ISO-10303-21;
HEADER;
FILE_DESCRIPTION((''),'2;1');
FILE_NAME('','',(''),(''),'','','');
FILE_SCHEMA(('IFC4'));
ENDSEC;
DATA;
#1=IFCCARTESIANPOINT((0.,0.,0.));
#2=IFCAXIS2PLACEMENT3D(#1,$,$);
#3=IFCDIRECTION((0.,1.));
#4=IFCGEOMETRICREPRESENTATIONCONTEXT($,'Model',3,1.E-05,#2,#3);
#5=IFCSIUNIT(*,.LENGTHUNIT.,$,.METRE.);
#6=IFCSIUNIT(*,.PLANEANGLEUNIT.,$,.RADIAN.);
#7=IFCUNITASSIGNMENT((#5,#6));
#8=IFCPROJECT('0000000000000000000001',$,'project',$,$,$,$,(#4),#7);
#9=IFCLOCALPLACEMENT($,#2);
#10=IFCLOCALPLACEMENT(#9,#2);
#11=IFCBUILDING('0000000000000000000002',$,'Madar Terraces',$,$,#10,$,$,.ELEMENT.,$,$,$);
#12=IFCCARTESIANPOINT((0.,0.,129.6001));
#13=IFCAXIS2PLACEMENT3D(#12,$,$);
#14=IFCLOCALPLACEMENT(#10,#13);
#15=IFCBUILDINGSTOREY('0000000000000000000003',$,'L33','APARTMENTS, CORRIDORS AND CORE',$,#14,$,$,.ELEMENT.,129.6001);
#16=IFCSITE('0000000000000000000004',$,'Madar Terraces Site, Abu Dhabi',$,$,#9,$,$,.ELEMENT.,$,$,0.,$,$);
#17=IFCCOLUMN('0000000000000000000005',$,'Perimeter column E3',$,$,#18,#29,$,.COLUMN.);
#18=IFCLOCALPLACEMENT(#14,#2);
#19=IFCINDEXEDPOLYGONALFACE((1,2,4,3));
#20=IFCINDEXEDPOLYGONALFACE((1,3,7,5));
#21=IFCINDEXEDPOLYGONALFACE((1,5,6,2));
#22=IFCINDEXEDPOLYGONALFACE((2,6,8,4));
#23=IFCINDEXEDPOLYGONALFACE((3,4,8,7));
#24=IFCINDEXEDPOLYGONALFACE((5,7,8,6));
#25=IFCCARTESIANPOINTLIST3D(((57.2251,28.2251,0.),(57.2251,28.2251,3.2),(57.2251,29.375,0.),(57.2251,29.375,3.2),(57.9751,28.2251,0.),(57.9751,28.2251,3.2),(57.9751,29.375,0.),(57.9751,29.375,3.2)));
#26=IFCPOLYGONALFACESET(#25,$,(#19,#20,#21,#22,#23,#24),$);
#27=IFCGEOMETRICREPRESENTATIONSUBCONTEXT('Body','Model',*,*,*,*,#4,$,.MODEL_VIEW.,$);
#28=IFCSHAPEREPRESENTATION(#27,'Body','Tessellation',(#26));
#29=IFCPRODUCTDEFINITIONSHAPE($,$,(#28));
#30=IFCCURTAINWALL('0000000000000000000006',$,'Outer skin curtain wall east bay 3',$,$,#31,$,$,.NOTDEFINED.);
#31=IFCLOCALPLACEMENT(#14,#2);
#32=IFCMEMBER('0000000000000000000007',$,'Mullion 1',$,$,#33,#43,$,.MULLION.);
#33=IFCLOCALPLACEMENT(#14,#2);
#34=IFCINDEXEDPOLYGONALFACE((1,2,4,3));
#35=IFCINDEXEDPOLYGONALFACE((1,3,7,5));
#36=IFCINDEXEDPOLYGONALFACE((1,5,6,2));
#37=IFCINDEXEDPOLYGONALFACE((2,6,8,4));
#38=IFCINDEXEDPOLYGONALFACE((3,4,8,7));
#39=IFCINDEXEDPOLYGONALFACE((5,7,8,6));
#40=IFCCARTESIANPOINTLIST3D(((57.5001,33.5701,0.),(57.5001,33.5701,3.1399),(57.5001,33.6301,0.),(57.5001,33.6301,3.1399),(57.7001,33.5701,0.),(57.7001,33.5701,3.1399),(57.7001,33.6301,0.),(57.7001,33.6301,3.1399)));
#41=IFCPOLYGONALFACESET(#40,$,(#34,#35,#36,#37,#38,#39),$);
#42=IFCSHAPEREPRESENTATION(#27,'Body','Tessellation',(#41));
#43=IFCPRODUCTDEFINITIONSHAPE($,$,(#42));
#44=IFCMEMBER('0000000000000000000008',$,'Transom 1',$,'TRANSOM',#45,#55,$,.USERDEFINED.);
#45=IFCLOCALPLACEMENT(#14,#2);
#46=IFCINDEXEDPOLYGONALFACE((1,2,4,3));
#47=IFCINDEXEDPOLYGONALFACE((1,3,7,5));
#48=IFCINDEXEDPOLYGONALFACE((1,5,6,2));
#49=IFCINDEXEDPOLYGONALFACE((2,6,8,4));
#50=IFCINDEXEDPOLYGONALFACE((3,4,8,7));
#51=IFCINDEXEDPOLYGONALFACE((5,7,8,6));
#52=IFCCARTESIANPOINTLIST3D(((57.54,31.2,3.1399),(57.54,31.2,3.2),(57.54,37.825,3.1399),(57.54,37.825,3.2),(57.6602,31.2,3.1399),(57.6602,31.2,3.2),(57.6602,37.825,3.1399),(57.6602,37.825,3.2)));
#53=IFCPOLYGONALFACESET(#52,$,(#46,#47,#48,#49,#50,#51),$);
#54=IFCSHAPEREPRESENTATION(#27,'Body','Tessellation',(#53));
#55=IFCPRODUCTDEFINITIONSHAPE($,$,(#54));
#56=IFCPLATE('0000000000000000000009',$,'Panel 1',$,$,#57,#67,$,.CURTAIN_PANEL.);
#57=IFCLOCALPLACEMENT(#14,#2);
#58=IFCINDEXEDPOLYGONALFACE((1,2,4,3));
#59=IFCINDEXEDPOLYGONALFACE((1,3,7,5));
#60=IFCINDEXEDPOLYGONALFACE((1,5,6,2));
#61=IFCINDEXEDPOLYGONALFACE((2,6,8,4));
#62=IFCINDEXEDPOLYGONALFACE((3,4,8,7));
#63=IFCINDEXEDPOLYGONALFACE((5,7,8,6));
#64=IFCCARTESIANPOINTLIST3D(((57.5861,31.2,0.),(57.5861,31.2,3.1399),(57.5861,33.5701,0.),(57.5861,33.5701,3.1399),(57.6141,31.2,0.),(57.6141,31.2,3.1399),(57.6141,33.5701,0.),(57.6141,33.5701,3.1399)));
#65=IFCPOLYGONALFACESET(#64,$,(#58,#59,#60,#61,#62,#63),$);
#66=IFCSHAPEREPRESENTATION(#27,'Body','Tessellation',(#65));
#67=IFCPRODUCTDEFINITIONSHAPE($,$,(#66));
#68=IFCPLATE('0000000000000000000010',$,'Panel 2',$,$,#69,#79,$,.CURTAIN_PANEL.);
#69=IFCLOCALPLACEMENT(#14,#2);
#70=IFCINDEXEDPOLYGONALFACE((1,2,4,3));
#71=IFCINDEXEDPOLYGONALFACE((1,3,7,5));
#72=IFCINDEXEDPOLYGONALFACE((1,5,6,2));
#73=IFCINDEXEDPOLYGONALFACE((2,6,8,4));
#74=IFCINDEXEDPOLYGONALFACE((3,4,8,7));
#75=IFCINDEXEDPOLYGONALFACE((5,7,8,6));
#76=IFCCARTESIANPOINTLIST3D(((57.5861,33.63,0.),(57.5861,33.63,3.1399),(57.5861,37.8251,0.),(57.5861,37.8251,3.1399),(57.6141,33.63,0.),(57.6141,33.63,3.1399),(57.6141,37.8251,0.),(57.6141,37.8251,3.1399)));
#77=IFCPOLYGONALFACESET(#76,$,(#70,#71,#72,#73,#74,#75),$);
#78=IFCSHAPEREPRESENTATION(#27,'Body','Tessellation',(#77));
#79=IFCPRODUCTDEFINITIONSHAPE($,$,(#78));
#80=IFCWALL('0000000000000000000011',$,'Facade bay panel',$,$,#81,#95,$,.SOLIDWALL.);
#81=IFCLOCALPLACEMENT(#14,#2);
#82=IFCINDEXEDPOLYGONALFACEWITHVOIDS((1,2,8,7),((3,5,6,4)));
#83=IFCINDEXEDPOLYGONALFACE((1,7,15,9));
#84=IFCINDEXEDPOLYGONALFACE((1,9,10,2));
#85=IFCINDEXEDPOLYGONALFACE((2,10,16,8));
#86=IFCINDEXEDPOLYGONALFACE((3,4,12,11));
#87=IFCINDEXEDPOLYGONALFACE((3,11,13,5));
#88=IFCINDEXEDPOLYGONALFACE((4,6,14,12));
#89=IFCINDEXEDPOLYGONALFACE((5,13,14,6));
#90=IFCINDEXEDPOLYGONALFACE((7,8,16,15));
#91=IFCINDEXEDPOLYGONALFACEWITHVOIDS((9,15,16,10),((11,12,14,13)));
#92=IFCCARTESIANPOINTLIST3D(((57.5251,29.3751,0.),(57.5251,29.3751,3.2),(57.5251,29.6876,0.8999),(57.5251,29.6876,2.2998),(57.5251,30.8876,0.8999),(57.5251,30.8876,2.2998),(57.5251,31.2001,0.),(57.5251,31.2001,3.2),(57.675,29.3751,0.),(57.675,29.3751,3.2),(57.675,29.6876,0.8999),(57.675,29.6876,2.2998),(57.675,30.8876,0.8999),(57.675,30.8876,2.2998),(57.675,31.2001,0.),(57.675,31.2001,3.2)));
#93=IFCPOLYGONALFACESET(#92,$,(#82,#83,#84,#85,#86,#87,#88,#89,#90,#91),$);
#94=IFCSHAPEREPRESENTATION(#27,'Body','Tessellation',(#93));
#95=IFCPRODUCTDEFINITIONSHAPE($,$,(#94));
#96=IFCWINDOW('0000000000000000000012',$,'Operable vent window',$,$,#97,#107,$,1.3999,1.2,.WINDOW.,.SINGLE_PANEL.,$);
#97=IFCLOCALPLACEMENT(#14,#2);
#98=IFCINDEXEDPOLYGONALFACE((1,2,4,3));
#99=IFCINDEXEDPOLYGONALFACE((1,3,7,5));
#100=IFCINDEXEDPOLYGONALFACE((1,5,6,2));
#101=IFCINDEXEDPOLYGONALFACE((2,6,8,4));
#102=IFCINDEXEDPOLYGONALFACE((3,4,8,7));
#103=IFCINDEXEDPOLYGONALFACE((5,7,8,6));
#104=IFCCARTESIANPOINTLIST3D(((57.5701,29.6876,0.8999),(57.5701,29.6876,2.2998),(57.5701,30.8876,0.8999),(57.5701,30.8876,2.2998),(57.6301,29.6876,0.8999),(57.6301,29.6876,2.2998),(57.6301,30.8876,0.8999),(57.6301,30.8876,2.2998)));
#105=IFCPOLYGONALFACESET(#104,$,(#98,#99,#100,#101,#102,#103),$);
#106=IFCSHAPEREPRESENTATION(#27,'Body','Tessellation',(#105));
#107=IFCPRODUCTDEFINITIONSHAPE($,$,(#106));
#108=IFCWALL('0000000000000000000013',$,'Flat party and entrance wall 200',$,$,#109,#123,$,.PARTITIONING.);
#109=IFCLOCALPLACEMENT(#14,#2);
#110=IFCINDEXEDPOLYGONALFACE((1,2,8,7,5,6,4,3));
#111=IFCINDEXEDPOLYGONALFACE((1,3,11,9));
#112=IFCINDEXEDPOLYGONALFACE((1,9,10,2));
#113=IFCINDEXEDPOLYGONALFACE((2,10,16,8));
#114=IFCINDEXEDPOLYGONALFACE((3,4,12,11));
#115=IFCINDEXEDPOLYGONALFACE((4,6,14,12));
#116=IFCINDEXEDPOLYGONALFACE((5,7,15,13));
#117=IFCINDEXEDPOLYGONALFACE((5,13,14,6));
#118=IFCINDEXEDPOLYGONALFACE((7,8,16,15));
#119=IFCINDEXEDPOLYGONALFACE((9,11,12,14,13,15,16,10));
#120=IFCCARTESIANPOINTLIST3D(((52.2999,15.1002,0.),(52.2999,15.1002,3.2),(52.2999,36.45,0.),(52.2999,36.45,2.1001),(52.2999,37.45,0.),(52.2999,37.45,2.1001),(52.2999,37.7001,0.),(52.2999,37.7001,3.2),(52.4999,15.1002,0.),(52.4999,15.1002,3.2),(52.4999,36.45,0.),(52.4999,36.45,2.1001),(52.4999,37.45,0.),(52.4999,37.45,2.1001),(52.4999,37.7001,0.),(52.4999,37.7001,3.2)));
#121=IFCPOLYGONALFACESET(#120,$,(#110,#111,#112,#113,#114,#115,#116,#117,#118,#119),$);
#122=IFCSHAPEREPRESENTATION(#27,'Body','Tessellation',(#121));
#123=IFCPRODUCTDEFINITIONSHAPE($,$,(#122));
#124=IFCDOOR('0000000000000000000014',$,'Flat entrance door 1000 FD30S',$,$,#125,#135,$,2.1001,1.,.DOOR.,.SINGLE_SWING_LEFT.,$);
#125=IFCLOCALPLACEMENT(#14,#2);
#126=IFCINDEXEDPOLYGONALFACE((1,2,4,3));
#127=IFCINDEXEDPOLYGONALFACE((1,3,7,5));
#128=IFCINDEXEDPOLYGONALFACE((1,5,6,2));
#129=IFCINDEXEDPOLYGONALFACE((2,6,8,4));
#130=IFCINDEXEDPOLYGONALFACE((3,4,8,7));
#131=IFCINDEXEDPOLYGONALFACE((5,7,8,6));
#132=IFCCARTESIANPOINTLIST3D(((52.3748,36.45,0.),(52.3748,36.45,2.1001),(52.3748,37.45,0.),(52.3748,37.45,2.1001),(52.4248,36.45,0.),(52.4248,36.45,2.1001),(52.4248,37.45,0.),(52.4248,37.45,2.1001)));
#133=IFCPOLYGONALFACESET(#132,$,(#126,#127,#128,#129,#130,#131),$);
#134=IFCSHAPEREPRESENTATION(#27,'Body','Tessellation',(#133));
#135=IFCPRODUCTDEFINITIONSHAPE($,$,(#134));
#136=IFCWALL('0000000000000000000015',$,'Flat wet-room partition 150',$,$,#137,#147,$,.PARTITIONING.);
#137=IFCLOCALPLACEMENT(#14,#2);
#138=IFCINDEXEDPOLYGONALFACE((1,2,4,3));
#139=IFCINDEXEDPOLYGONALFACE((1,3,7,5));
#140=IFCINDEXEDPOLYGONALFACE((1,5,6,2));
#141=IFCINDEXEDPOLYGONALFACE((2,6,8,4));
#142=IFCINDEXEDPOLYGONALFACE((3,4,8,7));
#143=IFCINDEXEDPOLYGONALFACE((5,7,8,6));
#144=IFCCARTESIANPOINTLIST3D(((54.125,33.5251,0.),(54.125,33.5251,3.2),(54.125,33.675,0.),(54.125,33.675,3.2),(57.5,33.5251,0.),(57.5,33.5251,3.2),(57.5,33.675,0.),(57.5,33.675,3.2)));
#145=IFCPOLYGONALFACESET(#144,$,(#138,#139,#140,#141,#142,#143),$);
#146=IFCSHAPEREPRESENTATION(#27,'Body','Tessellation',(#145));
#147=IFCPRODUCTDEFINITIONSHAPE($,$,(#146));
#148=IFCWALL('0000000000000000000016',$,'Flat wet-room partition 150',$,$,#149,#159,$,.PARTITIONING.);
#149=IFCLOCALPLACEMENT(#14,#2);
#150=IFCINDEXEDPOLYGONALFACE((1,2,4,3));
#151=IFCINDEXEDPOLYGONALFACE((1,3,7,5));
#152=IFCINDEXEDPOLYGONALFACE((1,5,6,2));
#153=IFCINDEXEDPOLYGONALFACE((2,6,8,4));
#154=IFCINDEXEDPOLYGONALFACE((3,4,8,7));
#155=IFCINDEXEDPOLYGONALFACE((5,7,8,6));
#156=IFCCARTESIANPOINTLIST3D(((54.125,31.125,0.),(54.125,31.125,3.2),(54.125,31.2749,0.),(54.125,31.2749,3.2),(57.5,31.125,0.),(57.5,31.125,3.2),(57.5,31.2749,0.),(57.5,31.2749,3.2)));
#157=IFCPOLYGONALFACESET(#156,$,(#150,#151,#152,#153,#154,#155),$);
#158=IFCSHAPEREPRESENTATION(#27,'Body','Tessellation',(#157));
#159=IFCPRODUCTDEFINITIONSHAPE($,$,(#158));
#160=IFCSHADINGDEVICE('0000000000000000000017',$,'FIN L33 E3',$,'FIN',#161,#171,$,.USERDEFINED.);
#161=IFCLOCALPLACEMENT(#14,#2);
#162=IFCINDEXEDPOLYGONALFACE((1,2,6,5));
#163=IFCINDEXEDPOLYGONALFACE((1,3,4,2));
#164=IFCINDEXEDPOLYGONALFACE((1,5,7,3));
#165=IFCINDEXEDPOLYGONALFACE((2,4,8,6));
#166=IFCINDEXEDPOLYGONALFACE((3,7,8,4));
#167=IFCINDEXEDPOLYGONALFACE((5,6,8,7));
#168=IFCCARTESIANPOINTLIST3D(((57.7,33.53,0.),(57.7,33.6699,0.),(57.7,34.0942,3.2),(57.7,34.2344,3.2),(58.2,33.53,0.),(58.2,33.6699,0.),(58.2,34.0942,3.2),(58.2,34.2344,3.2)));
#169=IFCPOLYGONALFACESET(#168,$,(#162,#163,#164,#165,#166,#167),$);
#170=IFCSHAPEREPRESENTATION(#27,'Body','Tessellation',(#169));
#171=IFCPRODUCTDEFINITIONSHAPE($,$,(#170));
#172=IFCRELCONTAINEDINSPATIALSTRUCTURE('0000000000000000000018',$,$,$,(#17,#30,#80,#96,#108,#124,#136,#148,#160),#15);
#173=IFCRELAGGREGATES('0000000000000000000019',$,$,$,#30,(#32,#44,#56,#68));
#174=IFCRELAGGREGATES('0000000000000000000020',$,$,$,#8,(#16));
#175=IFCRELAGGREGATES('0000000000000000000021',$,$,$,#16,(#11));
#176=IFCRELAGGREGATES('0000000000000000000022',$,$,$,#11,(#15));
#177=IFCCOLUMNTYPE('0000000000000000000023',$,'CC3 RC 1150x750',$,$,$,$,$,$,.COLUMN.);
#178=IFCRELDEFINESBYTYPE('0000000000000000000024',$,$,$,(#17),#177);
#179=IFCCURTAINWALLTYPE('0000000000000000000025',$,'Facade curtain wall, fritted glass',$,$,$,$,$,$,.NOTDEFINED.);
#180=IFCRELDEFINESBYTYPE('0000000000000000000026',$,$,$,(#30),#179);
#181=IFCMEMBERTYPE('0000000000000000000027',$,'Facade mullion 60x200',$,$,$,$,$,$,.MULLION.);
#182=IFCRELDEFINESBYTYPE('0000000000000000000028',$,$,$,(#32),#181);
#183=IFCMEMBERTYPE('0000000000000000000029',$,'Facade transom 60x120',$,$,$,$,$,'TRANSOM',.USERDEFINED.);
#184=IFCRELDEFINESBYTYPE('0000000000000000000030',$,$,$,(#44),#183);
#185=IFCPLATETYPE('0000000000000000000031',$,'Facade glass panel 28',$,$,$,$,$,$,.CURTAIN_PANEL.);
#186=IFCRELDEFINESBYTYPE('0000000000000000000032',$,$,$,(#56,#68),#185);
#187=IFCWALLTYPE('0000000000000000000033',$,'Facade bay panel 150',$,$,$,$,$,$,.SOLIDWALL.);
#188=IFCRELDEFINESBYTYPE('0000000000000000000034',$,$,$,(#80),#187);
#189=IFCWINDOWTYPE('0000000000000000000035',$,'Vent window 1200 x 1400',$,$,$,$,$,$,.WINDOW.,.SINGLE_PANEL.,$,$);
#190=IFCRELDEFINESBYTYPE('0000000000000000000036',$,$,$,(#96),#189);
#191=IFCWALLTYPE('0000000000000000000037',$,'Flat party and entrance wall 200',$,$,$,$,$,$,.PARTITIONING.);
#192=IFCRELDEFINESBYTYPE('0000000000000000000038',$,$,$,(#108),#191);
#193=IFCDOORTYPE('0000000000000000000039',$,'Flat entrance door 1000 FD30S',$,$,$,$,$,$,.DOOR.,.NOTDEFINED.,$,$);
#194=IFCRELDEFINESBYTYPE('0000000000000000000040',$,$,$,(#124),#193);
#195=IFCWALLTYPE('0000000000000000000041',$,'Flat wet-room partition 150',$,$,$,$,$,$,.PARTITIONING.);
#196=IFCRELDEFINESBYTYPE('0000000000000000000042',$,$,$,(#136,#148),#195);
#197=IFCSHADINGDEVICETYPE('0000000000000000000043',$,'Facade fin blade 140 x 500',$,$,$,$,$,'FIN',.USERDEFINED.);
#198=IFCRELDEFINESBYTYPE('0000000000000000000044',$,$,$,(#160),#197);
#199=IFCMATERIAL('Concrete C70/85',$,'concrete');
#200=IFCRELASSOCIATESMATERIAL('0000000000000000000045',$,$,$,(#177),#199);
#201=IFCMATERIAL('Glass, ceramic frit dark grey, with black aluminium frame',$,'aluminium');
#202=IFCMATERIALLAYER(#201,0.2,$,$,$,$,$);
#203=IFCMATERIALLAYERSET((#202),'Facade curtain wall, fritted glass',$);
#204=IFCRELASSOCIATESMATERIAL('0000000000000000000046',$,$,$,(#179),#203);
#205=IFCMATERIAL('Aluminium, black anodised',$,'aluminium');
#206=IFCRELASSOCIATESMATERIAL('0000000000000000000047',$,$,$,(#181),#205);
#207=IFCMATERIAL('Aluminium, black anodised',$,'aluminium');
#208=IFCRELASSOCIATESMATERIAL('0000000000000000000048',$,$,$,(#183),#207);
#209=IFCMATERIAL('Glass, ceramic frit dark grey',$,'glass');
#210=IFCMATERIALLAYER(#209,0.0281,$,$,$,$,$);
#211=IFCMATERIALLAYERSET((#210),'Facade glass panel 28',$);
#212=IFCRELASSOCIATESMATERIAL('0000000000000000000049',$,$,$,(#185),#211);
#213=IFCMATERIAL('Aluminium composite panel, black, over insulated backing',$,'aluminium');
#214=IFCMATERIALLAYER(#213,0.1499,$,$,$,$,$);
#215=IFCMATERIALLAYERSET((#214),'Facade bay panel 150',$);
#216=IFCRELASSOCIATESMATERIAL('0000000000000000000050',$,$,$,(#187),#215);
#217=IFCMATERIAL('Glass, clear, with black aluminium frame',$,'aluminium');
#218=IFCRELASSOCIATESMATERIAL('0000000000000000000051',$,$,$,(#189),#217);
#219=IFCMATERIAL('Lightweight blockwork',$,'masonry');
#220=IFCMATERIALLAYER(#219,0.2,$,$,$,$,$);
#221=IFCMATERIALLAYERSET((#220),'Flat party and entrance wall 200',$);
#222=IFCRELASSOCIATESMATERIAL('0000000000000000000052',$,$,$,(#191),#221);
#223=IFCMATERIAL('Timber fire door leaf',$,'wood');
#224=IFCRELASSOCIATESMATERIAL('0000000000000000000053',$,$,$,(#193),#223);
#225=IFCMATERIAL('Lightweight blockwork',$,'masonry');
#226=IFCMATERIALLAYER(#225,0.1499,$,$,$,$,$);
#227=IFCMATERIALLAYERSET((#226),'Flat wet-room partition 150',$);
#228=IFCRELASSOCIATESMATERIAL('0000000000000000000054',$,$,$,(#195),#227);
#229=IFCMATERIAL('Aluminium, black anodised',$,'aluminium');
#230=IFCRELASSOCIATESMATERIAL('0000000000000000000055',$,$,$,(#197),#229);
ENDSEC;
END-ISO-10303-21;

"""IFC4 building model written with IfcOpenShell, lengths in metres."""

from ifc_helpers import new_model, si_unit, direction, frame, frame_2d, origin, origin_2d, place, context, subcontext, project, spatial, polyline, rectangle, outline, extrude, material, layer, layer_set, material_profile, profile_set, type_object, element, fill, aggregate, save


model = new_model("IFC4")

# Units and contexts
model_context = context("Model", 3, precision=1e-05, world=origin(), true_north=direction((0.0, 1.0)))
body_context = subcontext(model_context, "Body", "Model", "MODEL_VIEW")
ifc_project = project(units=[si_unit("LENGTHUNIT", "METRE"), si_unit("PLANEANGLEUNIT", "RADIAN")], contexts=[model_context])

# Site, building, storey
site_placement = place(None, origin())
site = spatial("IfcSite", under=ifc_project, at=site_placement, Name="Madar Terraces Site, Abu Dhabi", CompositionType="ELEMENT", RefElevation=0.0)
building_placement = place(site_placement, origin())
building = spatial("IfcBuilding", under=site, at=building_placement, Name="Madar Terraces", CompositionType="ELEMENT")
storey_placement = place(building_placement, frame((0.0, 0.0, 129.6001)))
storey = spatial("IfcBuildingStorey", under=building, at=storey_placement, Name="L33", Description="APARTMENTS, CORRIDORS AND CORE", CompositionType="ELEMENT", Elevation=129.6001)

# Column
ifc_material_1 = material(Name="Concrete C70/85", Category="concrete")
ifc_material_profile_1 = material_profile(ifc_material_1, rectangle(XDim=1.1499, YDim=0.75, at=origin_2d()), Name="CC3 RC 1150x750")
ifc_profile_set_1 = profile_set([ifc_material_profile_1], Name="Concrete C70/85")
column_type = type_object("IfcColumnType", Name="CC3 RC 1150x750", PredefinedType="COLUMN", material=ifc_profile_set_1)
column_placement = place(storey_placement, frame((57.6001, 28.8, 0.0), z_axis=(0.0, 0.0, 1.0), x_axis=(0.0, 1.0, 0.0)))
element("IfcColumn", 1, at=column_placement, inside=storey, type_object=column_type, Name="Perimeter column E3", PredefinedType="COLUMN", context=body_context, shape_type="SweptSolid", body=[
    extrude(rectangle(XDim=1.1499, YDim=0.75, at=origin_2d()), origin(), (0.0, 0.0, 1.0), 3.2),
])

# Curtain wall, members, plates
ifc_material_2 = material(Name="Glass, ceramic frit dark grey, with black aluminium frame", Category="aluminium")
ifc_layer_1 = layer(ifc_material_2, 0.2)
ifc_layer_set_1 = layer_set([ifc_layer_1], Name="Facade curtain wall, fritted glass")
curtain_wall_type = type_object("IfcCurtainWallType", Name="Facade curtain wall, fritted glass", PredefinedType="NOTDEFINED", material=ifc_layer_set_1)
curtain_wall_placement = place(storey_placement, origin())
curtain_wall = element("IfcCurtainWall", 2, at=curtain_wall_placement, inside=storey, type_object=curtain_wall_type, Name="Outer skin curtain wall east bay 3", PredefinedType="NOTDEFINED")
ifc_material_3 = material(Name="Aluminium, black anodised", Category="aluminium")
ifc_material_profile_2 = material_profile(ifc_material_3, rectangle(XDim=0.2, YDim=0.0601, at=origin_2d()), Name="Facade mullion 60x200")
ifc_profile_set_2 = profile_set([ifc_material_profile_2], Name="Aluminium, black anodised")
member_type_1 = type_object("IfcMemberType", Name="Facade mullion 60x200", PredefinedType="MULLION", material=ifc_profile_set_2)
member_1_placement = place(storey_placement, frame((57.6001, 33.6001, 0.0), z_axis=(0.0, 0.0, 1.0), x_axis=(-1.0, 0.0, 0.0)))
member_1 = element("IfcMember", 3, at=member_1_placement, type_object=member_type_1, Name="Mullion 1", PredefinedType="MULLION", context=body_context, shape_type="SweptSolid", body=[
    extrude(rectangle(XDim=0.2, YDim=0.0601, at=origin_2d()), origin(), (0.0, 0.0, 1.0), 3.1399),
])
ifc_material_4 = material(Name="Aluminium, black anodised", Category="aluminium")
ifc_material_profile_3 = material_profile(ifc_material_4, rectangle(XDim=0.1201, YDim=0.0601, at=origin_2d()), Name="Facade transom 60x120")
ifc_profile_set_3 = profile_set([ifc_material_profile_3], Name="Aluminium, black anodised")
member_type_2 = type_object("IfcMemberType", Name="Facade transom 60x120", ElementType="TRANSOM", PredefinedType="USERDEFINED", material=ifc_profile_set_3)
member_2_placement = place(storey_placement, frame((57.6001, 31.2, 3.1699), z_axis=(0.0, 1.0, 0.0), x_axis=(-1.0, 0.0, 0.0)))
member_2 = element("IfcMember", 4, at=member_2_placement, type_object=member_type_2, Name="Transom 1", ObjectType="TRANSOM", PredefinedType="USERDEFINED", context=body_context, shape_type="SweptSolid", body=[
    extrude(rectangle(XDim=0.1201, YDim=0.0601, at=origin_2d()), origin(), (0.0, 0.0, 1.0), 6.625),
])
ifc_material_5 = material(Name="Glass, ceramic frit dark grey", Category="glass")
ifc_layer_2 = layer(ifc_material_5, 0.0281)
ifc_layer_set_2 = layer_set([ifc_layer_2], Name="Facade glass panel 28")
plate_type = type_object("IfcPlateType", Name="Facade glass panel 28", PredefinedType="CURTAIN_PANEL", material=ifc_layer_set_2)
plate_1_placement = place(storey_placement, frame((57.6001, 32.385, 0.0), z_axis=(0.0, 0.0, 1.0), x_axis=(0.0, 1.0, 0.0)))
plate_1 = element("IfcPlate", 5, at=plate_1_placement, type_object=plate_type, Name="Panel 1", PredefinedType="CURTAIN_PANEL", context=body_context, shape_type="SweptSolid", body=[
    extrude(rectangle(XDim=2.3701, YDim=0.0281, at=origin_2d()), origin(), (0.0, 0.0, 1.0), 3.1399),
])
plate_2_placement = place(storey_placement, frame((57.6001, 35.7275, 0.0), z_axis=(0.0, 0.0, 1.0), x_axis=(0.0, 1.0, 0.0)))
plate_2 = element("IfcPlate", 6, at=plate_2_placement, type_object=plate_type, Name="Panel 2", PredefinedType="CURTAIN_PANEL", context=body_context, shape_type="SweptSolid", body=[
    extrude(rectangle(XDim=4.1951, YDim=0.0281, at=origin_2d()), origin(), (0.0, 0.0, 1.0), 3.1399),
])
aggregate(curtain_wall, [member_1, member_2, plate_1, plate_2])

# Wall, opening, window
ifc_material_6 = material(Name="Aluminium composite panel, black, over insulated backing", Category="aluminium")
ifc_layer_3 = layer(ifc_material_6, 0.1499)
ifc_layer_set_3 = layer_set([ifc_layer_3], Name="Facade bay panel 150")
wall_type_1 = type_object("IfcWallType", Name="Facade bay panel 150", PredefinedType="SOLIDWALL", material=ifc_layer_set_3)
wall_1_placement = place(storey_placement, frame((57.6001, 29.375, 0.0), z_axis=(0.0, 0.0, 1.0), x_axis=(0.0, 1.0, 0.0)))
wall_1 = element("IfcWall", 7, at=wall_1_placement, inside=storey, type_object=wall_type_1, Name="Facade bay panel", PredefinedType="SOLIDWALL", context=body_context, shape_type="SweptSolid", body=[
    extrude(rectangle(XDim=1.825, YDim=0.1499, at=frame_2d((0.9126, 0.0))), origin(), (0.0, 0.0, 1.0), 3.2),
])
opening_1_placement = place(wall_1_placement, frame((0.3125, 0.0, 0.8999)))
opening_1 = element("IfcOpeningElement", 8, at=opening_1_placement, cuts=wall_1, PredefinedType="OPENING", context=body_context, shape_type="SweptSolid", body=[
    extrude(rectangle(XDim=1.2, YDim=1.3999, at=frame_2d((0.6001, 0.7))), frame((0.0, 0.085, 0.0), z_axis=(0.0, -1.0, 0.0), x_axis=(1.0, 0.0, 0.0)), (0.0, 0.0, 1.0), 0.1699),
])
ifc_material_7 = material(Name="Glass, clear, with black aluminium frame", Category="aluminium")
window_type = type_object("IfcWindowType", Name="Vent window 1200 x 1400", PartitioningType="SINGLE_PANEL", PredefinedType="WINDOW", material=ifc_material_7)
window_placement = place(opening_1_placement, origin())
window = element("IfcWindow", 9, at=window_placement, inside=storey, type_object=window_type, Name="Operable vent window", OverallHeight=1.3999, OverallWidth=1.2, PartitioningType="SINGLE_PANEL", PredefinedType="WINDOW", context=body_context, shape_type="SweptSolid", body=[
    extrude(rectangle(XDim=1.2, YDim=1.3999, at=frame_2d((0.6001, 0.7))), frame((0.0, 0.03, 0.0), z_axis=(0.0, -1.0, 0.0), x_axis=(1.0, 0.0, 0.0)), (0.0, 0.0, 1.0), 0.0601),
])
fill(opening_1, window)

# Wall, opening, door
ifc_material_8 = material(Name="Lightweight blockwork", Category="masonry")
ifc_layer_4 = layer(ifc_material_8, 0.2)
ifc_layer_set_4 = layer_set([ifc_layer_4], Name="Flat party and entrance wall 200")
wall_type_2 = type_object("IfcWallType", Name="Flat party and entrance wall 200", PredefinedType="PARTITIONING", material=ifc_layer_set_4)
wall_2_placement = place(storey_placement, frame((52.3999, 37.7, 0.0), z_axis=(0.0, 0.0, 1.0), x_axis=(0.0, -1.0, 0.0)))
wall_2 = element("IfcWall", 10, at=wall_2_placement, inside=storey, type_object=wall_type_2, Name="Flat party and entrance wall 200", PredefinedType="PARTITIONING", context=body_context, shape_type="SweptSolid", body=[
    extrude(rectangle(XDim=22.5999, YDim=0.2, at=frame_2d((11.2998, 0.0))), origin(), (0.0, 0.0, 1.0), 3.2),
])
opening_2_placement = place(wall_2_placement, frame((0.25, 0.0, 0.0)))
opening_2 = element("IfcOpeningElement", 11, at=opening_2_placement, cuts=wall_2, PredefinedType="OPENING", context=body_context, shape_type="SweptSolid", body=[
    extrude(rectangle(XDim=1.0, YDim=2.1001, at=frame_2d((0.5, 1.05))), frame((0.0, 0.1099, 0.0), z_axis=(0.0, -1.0, 0.0), x_axis=(1.0, 0.0, 0.0)), (0.0, 0.0, 1.0), 0.22),
])
ifc_material_9 = material(Name="Timber fire door leaf", Category="wood")
door_type = type_object("IfcDoorType", Name="Flat entrance door 1000 FD30S", OperationType="NOTDEFINED", PredefinedType="DOOR", material=ifc_material_9)
door_placement = place(opening_2_placement, origin())
door = element("IfcDoor", 12, at=door_placement, inside=storey, type_object=door_type, Name="Flat entrance door 1000 FD30S", OperationType="SINGLE_SWING_LEFT", OverallHeight=2.1001, OverallWidth=1.0, PredefinedType="DOOR", context=body_context, shape_type="SweptSolid", body=[
    extrude(rectangle(XDim=1.0, YDim=2.1001, at=frame_2d((0.5, 1.05))), frame((0.0, 0.0249, 0.0), z_axis=(0.0, -1.0, 0.0), x_axis=(1.0, 0.0, 0.0)), (0.0, 0.0, 1.0), 0.05),
])
fill(opening_2, door)

# Walls
ifc_material_10 = material(Name="Lightweight blockwork", Category="masonry")
ifc_layer_5 = layer(ifc_material_10, 0.1499)
ifc_layer_set_5 = layer_set([ifc_layer_5], Name="Flat wet-room partition 150")
wall_type_3 = type_object("IfcWallType", Name="Flat wet-room partition 150", PredefinedType="PARTITIONING", material=ifc_layer_set_5)
for number, where, z_axis, x_axis, name in (
    (13, (54.125, 33.6001, 0.0), (0.0, 0.0, 1.0), (1.0, 0.0, 0.0), "Flat wet-room partition 150"),
    (14, (54.125, 31.2, 0.0), (0.0, 0.0, 1.0), (1.0, 0.0, 0.0), "Flat wet-room partition 150"),
):
    element("IfcWall", number, at=place(storey_placement, frame(where, z_axis=z_axis, x_axis=x_axis)), inside=storey, type_object=wall_type_3, Name=name, PredefinedType="PARTITIONING", context=body_context, shape_type="SweptSolid", body=[
        extrude(rectangle(XDim=3.375, YDim=0.1499, at=frame_2d((1.6875, 0.0))), origin(), (0.0, 0.0, 1.0), 3.2),
    ])

# Shading device
ifc_material_11 = material(Name="Aluminium, black anodised", Category="aluminium")
shading_device_type = type_object("IfcShadingDeviceType", Name="Facade fin blade 140 x 500", ElementType="FIN", PredefinedType="USERDEFINED", material=ifc_material_11)
shading_device_placement = place(storey_placement, frame((57.95, 33.53, 0.0), z_axis=(0.0, 0.0, 1.0), x_axis=(0.0, 1.0, 0.0)))
element("IfcShadingDevice", 15, at=shading_device_placement, inside=storey, type_object=shading_device_type, Name="FIN L33 E3", ObjectType="FIN", PredefinedType="USERDEFINED", context=body_context, shape_type="SweptSolid", body=[
    extrude(outline(polyline([(0.0, 0.0), (0.1399, 0.0), (0.7043, 3.2), (0.5642, 3.2), (0.0, 0.0)])), frame((0.0, 0.25, 0.0), z_axis=(0.0, -1.0, 0.0), x_axis=(1.0, 0.0, 0.0)), (0.0, 0.0, 1.0), 0.5),
])

save(model, "model.ifc")
